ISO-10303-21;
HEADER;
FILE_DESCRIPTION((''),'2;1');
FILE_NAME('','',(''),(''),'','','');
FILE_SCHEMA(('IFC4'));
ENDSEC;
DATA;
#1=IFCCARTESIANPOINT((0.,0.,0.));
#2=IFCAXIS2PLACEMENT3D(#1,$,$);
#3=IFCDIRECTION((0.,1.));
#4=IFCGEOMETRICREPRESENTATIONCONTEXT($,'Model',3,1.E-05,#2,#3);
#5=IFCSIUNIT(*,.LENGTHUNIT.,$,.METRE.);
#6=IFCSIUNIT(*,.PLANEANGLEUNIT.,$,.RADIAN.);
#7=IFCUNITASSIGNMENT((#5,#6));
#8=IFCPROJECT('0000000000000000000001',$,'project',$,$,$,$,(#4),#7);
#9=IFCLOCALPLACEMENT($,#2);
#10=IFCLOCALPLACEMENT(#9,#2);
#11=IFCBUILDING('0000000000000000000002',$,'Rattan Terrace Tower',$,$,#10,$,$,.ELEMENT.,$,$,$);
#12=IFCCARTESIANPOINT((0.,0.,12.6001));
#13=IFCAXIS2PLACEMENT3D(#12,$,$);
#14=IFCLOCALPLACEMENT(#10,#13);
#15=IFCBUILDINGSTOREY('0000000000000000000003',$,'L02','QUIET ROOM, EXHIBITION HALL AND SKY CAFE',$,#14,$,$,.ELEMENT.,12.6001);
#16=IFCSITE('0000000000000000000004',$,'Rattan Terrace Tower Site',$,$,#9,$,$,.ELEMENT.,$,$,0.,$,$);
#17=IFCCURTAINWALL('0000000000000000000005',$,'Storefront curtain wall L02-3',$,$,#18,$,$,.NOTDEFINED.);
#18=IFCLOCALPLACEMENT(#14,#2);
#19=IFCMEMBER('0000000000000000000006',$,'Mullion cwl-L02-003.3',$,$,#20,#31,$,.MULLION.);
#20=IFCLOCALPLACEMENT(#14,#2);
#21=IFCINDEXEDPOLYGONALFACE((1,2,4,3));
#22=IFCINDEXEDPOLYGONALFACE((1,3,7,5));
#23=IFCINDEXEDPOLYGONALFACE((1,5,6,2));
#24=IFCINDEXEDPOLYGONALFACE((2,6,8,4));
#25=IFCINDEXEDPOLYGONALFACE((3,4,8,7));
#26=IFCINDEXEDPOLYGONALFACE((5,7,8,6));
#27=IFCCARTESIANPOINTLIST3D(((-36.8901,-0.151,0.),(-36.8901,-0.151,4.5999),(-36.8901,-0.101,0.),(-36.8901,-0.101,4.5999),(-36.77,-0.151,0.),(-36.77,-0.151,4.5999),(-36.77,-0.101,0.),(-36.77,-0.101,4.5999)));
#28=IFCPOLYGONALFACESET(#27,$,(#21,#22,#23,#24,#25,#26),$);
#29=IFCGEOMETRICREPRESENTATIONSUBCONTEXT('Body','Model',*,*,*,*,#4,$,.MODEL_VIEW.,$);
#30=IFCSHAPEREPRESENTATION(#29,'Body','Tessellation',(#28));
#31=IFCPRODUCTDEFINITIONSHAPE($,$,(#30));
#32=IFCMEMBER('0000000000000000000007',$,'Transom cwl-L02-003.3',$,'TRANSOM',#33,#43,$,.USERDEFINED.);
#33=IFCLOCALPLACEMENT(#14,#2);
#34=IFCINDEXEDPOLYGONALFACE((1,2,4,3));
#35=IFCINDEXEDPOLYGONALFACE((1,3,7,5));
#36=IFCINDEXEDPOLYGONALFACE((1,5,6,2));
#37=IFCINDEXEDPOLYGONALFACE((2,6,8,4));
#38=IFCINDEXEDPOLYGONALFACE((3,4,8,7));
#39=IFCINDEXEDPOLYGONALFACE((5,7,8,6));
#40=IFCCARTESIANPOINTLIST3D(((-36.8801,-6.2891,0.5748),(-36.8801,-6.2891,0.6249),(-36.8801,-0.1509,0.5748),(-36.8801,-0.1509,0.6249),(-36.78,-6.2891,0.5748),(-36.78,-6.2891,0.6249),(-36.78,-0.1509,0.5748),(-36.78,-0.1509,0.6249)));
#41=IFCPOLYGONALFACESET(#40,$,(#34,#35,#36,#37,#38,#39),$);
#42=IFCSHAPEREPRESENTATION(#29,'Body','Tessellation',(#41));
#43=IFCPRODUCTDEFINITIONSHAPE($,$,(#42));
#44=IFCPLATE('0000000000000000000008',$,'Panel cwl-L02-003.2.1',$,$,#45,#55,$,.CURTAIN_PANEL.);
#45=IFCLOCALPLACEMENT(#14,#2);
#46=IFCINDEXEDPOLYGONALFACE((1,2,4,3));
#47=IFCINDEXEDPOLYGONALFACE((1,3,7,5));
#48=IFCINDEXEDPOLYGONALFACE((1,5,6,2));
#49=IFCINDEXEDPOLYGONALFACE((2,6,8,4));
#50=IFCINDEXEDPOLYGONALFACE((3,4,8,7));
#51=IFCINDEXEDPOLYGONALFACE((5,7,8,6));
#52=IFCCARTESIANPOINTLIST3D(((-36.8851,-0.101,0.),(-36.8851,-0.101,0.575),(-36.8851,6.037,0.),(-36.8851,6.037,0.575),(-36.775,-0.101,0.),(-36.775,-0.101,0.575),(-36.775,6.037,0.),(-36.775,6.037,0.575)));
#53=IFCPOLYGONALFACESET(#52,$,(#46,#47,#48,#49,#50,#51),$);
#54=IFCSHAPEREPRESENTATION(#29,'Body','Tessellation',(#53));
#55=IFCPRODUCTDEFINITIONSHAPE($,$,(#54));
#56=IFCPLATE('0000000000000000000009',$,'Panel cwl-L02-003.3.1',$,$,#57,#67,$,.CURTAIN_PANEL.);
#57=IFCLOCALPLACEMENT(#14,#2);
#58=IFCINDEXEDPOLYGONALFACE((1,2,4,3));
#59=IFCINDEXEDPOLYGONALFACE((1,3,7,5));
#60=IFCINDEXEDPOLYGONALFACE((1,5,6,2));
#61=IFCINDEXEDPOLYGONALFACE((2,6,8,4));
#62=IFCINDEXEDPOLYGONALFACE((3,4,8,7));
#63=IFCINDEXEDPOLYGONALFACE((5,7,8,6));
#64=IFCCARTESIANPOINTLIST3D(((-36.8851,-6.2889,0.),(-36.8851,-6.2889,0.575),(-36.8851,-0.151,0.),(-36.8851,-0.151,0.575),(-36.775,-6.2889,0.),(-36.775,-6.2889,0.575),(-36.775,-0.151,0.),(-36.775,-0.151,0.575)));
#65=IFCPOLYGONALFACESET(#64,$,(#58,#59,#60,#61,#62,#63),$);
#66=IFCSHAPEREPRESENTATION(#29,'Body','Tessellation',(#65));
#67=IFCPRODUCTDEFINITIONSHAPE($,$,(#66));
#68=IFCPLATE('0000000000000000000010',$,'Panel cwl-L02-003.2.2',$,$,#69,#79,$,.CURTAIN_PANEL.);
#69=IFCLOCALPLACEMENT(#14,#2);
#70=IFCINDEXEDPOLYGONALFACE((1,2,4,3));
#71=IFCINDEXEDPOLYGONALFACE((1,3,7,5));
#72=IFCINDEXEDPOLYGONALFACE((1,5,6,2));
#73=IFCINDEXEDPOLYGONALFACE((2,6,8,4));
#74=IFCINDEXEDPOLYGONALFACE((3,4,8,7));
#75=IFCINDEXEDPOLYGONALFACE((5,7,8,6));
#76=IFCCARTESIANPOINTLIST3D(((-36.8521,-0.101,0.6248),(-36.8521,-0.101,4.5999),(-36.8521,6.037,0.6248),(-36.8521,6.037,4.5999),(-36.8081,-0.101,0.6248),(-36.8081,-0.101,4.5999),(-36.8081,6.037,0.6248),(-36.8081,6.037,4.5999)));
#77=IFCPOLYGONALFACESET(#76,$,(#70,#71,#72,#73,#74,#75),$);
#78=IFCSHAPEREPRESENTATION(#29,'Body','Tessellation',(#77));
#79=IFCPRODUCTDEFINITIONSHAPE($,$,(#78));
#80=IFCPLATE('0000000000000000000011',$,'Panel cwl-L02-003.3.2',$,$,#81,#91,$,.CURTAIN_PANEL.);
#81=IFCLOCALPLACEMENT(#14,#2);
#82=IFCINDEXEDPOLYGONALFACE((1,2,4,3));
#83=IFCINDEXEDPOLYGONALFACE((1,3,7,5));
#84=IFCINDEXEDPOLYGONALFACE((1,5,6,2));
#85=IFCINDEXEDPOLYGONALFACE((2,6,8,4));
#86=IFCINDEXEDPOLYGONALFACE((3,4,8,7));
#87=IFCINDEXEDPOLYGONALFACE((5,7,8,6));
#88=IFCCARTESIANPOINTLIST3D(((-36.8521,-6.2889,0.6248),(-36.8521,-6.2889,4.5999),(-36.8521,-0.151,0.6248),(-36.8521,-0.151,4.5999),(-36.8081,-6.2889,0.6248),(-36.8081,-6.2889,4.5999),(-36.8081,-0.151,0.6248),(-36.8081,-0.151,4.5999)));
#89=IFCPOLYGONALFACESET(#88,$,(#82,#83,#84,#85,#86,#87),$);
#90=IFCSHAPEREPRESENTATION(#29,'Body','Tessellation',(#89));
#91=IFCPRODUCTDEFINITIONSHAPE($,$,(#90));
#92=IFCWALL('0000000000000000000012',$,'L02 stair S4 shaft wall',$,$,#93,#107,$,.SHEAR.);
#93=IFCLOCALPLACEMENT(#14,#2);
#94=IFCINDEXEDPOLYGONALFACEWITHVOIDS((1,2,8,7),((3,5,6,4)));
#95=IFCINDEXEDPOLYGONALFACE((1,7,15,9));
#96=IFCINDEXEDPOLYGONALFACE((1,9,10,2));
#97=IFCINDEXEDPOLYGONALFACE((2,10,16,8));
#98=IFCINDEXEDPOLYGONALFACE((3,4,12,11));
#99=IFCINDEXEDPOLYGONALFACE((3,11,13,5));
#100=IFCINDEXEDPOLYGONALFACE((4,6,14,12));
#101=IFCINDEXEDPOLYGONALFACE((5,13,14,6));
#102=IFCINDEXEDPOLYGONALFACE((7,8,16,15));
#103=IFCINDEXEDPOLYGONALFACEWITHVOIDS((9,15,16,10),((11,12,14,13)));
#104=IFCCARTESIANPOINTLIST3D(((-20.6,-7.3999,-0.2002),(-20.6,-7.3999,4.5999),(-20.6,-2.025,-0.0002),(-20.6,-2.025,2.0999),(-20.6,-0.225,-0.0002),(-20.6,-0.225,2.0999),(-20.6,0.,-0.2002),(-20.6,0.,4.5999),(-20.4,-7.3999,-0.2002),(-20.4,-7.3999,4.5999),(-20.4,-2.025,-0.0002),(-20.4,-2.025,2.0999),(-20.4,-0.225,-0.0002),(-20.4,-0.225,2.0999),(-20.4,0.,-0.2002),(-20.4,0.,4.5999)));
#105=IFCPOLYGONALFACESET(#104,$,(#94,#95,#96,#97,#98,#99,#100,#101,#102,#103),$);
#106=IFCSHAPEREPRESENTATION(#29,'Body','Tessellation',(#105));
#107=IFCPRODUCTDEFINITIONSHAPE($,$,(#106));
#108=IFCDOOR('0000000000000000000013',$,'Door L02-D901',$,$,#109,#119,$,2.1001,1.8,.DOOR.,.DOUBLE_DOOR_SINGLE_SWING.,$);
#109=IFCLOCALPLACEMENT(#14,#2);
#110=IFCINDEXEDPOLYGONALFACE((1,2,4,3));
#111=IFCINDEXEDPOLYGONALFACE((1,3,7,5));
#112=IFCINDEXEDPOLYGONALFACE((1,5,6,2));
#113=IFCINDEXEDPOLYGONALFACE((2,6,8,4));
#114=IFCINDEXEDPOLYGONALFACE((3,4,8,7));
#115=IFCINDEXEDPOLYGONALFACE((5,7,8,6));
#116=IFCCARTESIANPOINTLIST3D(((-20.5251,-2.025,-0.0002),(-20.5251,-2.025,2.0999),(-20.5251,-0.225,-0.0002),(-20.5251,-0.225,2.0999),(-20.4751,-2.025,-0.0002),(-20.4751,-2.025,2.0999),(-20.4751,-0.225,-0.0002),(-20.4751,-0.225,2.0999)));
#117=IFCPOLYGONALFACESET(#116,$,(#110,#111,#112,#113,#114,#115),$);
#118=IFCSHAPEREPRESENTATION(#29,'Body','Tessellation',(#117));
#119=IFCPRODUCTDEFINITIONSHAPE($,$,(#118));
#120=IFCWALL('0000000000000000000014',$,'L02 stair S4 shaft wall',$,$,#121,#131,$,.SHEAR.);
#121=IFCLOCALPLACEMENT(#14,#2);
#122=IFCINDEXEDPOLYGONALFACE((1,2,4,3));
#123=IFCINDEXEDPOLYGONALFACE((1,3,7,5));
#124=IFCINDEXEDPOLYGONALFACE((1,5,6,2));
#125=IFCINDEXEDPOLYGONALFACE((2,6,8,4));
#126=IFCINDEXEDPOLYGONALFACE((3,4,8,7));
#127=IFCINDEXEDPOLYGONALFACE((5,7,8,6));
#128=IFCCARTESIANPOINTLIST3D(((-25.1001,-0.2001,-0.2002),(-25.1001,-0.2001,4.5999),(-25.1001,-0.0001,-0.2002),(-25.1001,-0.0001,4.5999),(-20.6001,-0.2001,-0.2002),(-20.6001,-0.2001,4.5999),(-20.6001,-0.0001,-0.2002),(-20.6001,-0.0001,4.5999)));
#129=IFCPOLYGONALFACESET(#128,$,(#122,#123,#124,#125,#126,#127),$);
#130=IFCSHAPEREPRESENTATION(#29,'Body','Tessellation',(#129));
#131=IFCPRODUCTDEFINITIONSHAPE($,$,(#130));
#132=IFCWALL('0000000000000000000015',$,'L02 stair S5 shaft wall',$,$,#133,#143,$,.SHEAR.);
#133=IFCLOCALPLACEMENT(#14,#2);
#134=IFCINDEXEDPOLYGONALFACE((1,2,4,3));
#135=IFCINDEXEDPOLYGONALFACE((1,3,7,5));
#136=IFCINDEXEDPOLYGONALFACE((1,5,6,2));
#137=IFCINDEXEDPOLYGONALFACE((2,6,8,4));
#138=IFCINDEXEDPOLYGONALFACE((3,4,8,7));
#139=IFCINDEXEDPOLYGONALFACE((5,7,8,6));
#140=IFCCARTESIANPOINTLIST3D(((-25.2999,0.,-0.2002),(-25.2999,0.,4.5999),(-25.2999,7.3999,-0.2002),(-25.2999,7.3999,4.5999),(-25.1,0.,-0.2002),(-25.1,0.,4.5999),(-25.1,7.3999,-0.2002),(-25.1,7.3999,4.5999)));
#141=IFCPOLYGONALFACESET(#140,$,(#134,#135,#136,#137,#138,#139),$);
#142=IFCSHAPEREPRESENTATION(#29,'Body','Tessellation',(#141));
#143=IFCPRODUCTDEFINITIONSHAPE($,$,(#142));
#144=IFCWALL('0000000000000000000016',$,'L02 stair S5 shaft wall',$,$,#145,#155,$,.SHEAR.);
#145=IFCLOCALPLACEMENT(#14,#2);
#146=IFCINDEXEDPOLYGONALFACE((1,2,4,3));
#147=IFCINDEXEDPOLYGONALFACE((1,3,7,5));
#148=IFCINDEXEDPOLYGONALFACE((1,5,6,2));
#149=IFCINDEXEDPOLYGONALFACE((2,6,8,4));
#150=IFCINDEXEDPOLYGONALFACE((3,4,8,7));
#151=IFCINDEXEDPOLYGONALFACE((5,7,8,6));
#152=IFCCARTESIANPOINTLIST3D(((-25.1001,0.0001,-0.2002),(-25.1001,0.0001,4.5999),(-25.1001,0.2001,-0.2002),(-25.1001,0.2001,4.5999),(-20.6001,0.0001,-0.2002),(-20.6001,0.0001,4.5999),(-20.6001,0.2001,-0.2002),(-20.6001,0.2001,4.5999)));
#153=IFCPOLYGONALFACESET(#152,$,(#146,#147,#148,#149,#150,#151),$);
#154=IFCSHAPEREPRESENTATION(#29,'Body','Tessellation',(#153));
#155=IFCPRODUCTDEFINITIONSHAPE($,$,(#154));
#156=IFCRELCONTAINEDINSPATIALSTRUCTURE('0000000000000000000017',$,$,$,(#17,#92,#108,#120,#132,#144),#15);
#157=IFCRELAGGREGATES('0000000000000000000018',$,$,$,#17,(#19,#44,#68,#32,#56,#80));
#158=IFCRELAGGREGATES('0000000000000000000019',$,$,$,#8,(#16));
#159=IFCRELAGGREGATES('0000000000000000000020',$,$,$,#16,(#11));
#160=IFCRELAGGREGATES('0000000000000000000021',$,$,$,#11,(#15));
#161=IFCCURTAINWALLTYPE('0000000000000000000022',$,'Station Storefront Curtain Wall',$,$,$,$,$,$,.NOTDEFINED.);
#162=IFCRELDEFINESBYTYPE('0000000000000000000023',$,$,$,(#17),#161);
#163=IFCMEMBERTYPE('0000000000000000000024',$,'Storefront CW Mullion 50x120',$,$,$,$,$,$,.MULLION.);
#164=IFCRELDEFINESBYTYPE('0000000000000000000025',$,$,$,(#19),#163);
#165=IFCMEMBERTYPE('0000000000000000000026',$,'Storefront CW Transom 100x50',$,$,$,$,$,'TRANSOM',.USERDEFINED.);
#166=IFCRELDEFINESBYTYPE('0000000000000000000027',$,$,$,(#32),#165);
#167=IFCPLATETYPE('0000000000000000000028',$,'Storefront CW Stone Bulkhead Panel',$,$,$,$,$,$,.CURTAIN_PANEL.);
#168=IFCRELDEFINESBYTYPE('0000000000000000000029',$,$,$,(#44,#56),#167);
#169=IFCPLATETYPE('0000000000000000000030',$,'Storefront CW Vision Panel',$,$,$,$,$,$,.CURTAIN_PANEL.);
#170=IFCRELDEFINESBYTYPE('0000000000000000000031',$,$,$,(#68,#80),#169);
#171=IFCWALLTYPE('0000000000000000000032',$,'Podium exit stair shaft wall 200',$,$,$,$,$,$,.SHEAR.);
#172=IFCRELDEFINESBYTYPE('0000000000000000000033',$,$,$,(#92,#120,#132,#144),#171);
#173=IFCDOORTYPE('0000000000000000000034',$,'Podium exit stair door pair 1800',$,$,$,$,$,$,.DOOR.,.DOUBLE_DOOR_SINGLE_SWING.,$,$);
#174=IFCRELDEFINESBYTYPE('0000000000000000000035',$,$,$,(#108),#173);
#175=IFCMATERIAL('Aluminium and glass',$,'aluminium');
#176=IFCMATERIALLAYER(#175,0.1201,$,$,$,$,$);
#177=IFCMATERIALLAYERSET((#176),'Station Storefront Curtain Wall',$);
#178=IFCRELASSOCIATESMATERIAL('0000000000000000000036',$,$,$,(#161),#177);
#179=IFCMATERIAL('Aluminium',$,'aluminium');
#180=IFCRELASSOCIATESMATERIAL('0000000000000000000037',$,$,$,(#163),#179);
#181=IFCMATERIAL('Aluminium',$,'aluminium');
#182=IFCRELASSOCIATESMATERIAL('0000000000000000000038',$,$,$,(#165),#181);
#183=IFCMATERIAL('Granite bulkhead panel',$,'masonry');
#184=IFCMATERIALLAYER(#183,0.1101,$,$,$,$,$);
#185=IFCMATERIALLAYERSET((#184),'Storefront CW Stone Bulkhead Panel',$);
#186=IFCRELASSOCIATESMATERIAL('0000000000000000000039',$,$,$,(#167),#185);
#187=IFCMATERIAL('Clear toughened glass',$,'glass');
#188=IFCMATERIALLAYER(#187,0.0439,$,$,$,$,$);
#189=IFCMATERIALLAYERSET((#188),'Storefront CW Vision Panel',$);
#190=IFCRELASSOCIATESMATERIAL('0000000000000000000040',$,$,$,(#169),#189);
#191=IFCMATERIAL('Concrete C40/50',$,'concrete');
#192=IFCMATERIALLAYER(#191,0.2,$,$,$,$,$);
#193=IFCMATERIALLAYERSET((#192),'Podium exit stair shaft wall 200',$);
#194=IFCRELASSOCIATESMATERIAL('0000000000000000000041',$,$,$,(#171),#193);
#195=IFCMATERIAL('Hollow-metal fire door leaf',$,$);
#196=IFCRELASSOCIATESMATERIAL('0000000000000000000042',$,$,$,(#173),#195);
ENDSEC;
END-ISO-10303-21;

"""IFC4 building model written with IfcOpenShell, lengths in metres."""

from ifc_helpers import new_model, si_unit, direction, frame, frame_2d, origin, origin_2d, place, context, subcontext, project, spatial, rectangle, extrude, material, layer, layer_set, material_profile, profile_set, type_object, element, fill, aggregate, save


model = new_model("IFC4")

# Units and contexts
model_context = context("Model", 3, precision=1e-05, world=origin(), true_north=direction((0.0, 1.0)))
body_context = subcontext(model_context, "Body", "Model", "MODEL_VIEW")
ifc_project = project(units=[si_unit("LENGTHUNIT", "METRE"), si_unit("PLANEANGLEUNIT", "RADIAN")], contexts=[model_context])

# Site, building, storey
site_placement = place(None, origin())
site = spatial("IfcSite", under=ifc_project, at=site_placement, Name="Rattan Terrace Tower Site", CompositionType="ELEMENT", RefElevation=0.0)
building_placement = place(site_placement, origin())
building = spatial("IfcBuilding", under=site, at=building_placement, Name="Rattan Terrace Tower", CompositionType="ELEMENT")
storey_placement = place(building_placement, frame((0.0, 0.0, 12.6001)))
storey = spatial("IfcBuildingStorey", under=building, at=storey_placement, Name="L02", Description="QUIET ROOM, EXHIBITION HALL AND SKY CAFE", CompositionType="ELEMENT", Elevation=12.6001)

# Curtain wall, members, plates
ifc_material_1 = material(Name="Aluminium and glass", Category="aluminium")
ifc_layer_1 = layer(ifc_material_1, 0.1201)
ifc_layer_set_1 = layer_set([ifc_layer_1], Name="Station Storefront Curtain Wall")
curtain_wall_type = type_object("IfcCurtainWallType", Name="Station Storefront Curtain Wall", PredefinedType="NOTDEFINED", material=ifc_layer_set_1)
curtain_wall_placement = place(storey_placement, origin())
curtain_wall = element("IfcCurtainWall", 1, at=curtain_wall_placement, inside=storey, type_object=curtain_wall_type, Name="Storefront curtain wall L02-3", PredefinedType="NOTDEFINED")
ifc_material_2 = material(Name="Aluminium", Category="aluminium")
ifc_material_profile_1 = material_profile(ifc_material_2, rectangle(XDim=0.05, YDim=0.1201, at=origin_2d()), Name="Aluminium 50x120")
ifc_profile_set_1 = profile_set([ifc_material_profile_1], Name="Aluminium")
member_type_1 = type_object("IfcMemberType", Name="Storefront CW Mullion 50x120", PredefinedType="MULLION", material=ifc_profile_set_1)
member_1_placement = place(storey_placement, frame((-36.8301, -0.126, 0.0), z_axis=(0.0, 0.0, 1.0), x_axis=(0.0, -1.0, 0.0)))
member_1 = element("IfcMember", 2, at=member_1_placement, type_object=member_type_1, Name="Mullion cwl-L02-003.3", PredefinedType="MULLION", context=body_context, shape_type="SweptSolid", body=[
    extrude(rectangle(XDim=0.05, YDim=0.1201, at=origin_2d()), origin(), (0.0, 0.0, 1.0), 4.5999),
])
ifc_material_3 = material(Name="Aluminium", Category="aluminium")
ifc_material_profile_2 = material_profile(ifc_material_3, rectangle(XDim=0.1001, YDim=0.05, at=origin_2d()), Name="Aluminium 100x50")
ifc_profile_set_2 = profile_set([ifc_material_profile_2], Name="Aluminium")
member_type_2 = type_object("IfcMemberType", Name="Storefront CW Transom 100x50", ElementType="TRANSOM", PredefinedType="USERDEFINED", material=ifc_profile_set_2)
member_2_placement = place(storey_placement, frame((-36.8301, -0.1509, 0.5999), z_axis=(0.0, -1.0, 0.0), x_axis=(1.0, 0.0, 0.0)))
member_2 = element("IfcMember", 3, at=member_2_placement, type_object=member_type_2, Name="Transom cwl-L02-003.3", ObjectType="TRANSOM", PredefinedType="USERDEFINED", context=body_context, shape_type="SweptSolid", body=[
    extrude(rectangle(XDim=0.1001, YDim=0.05, at=origin_2d()), origin(), (0.0, 0.0, 1.0), 6.1382),
])
ifc_material_4 = material(Name="Granite bulkhead panel", Category="masonry")
ifc_layer_2 = layer(ifc_material_4, 0.1101)
ifc_layer_set_2 = layer_set([ifc_layer_2], Name="Storefront CW Stone Bulkhead Panel")
plate_type_1 = type_object("IfcPlateType", Name="Storefront CW Stone Bulkhead Panel", PredefinedType="CURTAIN_PANEL", material=ifc_layer_set_2)
plate_1_placement = place(storey_placement, frame((-36.8301, 2.968, 0.0), z_axis=(0.0, 0.0, 1.0), x_axis=(0.0, -1.0, 0.0)))
plate_1 = element("IfcPlate", 4, at=plate_1_placement, type_object=plate_type_1, Name="Panel cwl-L02-003.2.1", PredefinedType="CURTAIN_PANEL", context=body_context, shape_type="SweptSolid", body=[
    extrude(rectangle(XDim=6.1379, YDim=0.1101, at=origin_2d()), origin(), (0.0, 0.0, 1.0), 0.575),
])
plate_2_placement = place(storey_placement, frame((-36.8301, -3.22, 0.0), z_axis=(0.0, 0.0, 1.0), x_axis=(0.0, -1.0, 0.0)))
plate_2 = element("IfcPlate", 5, at=plate_2_placement, type_object=plate_type_1, Name="Panel cwl-L02-003.3.1", PredefinedType="CURTAIN_PANEL", context=body_context, shape_type="SweptSolid", body=[
    extrude(rectangle(XDim=6.1379, YDim=0.1101, at=origin_2d()), origin(), (0.0, 0.0, 1.0), 0.575),
])
ifc_material_5 = material(Name="Clear toughened glass", Category="glass")
ifc_layer_3 = layer(ifc_material_5, 0.0439)
ifc_layer_set_3 = layer_set([ifc_layer_3], Name="Storefront CW Vision Panel")
plate_type_2 = type_object("IfcPlateType", Name="Storefront CW Vision Panel", PredefinedType="CURTAIN_PANEL", material=ifc_layer_set_3)
plate_3_placement = place(storey_placement, frame((-36.8301, 2.968, 0.6248), z_axis=(0.0, 0.0, 1.0), x_axis=(0.0, -1.0, 0.0)))
plate_3 = element("IfcPlate", 6, at=plate_3_placement, type_object=plate_type_2, Name="Panel cwl-L02-003.2.2", PredefinedType="CURTAIN_PANEL", context=body_context, shape_type="SweptSolid", body=[
    extrude(rectangle(XDim=6.1379, YDim=0.0439, at=origin_2d()), origin(), (0.0, 0.0, 1.0), 3.9751),
])
plate_4_placement = place(storey_placement, frame((-36.8301, -3.22, 0.6248), z_axis=(0.0, 0.0, 1.0), x_axis=(0.0, -1.0, 0.0)))
plate_4 = element("IfcPlate", 7, at=plate_4_placement, type_object=plate_type_2, Name="Panel cwl-L02-003.3.2", PredefinedType="CURTAIN_PANEL", context=body_context, shape_type="SweptSolid", body=[
    extrude(rectangle(XDim=6.1379, YDim=0.0439, at=origin_2d()), origin(), (0.0, 0.0, 1.0), 3.9751),
])
aggregate(curtain_wall, [member_1, plate_1, plate_3, member_2, plate_2, plate_4])

# Wall, opening, door
ifc_material_6 = material(Name="Concrete C40/50", Category="concrete")
ifc_layer_4 = layer(ifc_material_6, 0.2)
ifc_layer_set_4 = layer_set([ifc_layer_4], Name="Podium exit stair shaft wall 200")
wall_type = type_object("IfcWallType", Name="Podium exit stair shaft wall 200", PredefinedType="SHEAR", material=ifc_layer_set_4)
wall_1_placement = place(storey_placement, frame((-20.5, 0.0, -0.2002), z_axis=(0.0, 0.0, 1.0), x_axis=(0.0, -1.0, 0.0)))
wall_1 = element("IfcWall", 8, at=wall_1_placement, inside=storey, type_object=wall_type, Name="L02 stair S4 shaft wall", PredefinedType="SHEAR", context=body_context, shape_type="SweptSolid", body=[
    extrude(rectangle(XDim=7.3999, YDim=0.2, at=frame_2d((3.7, 0.0))), origin(), (0.0, 0.0, 1.0), 4.8),
])
opening_placement = place(wall_1_placement, frame((0.2251, 0.0, 0.2)))
opening = element("IfcOpeningElement", 9, at=opening_placement, cuts=wall_1, PredefinedType="OPENING", context=body_context, shape_type="SweptSolid", body=[
    extrude(rectangle(XDim=1.8, YDim=2.1001, at=frame_2d((0.8999, 1.05))), frame((0.0, 0.1106, 0.0), z_axis=(0.0, -1.0, 0.0), x_axis=(1.0, 0.0, 0.0)), (0.0, 0.0, 1.0), 0.2209),
])
ifc_material_7 = material(Name="Hollow-metal fire door leaf")
door_type = type_object("IfcDoorType", Name="Podium exit stair door pair 1800", OperationType="DOUBLE_DOOR_SINGLE_SWING", PredefinedType="DOOR", material=ifc_material_7)
door_placement = place(opening_placement, origin())
door = element("IfcDoor", 10, at=door_placement, inside=storey, type_object=door_type, Name="Door L02-D901", OperationType="DOUBLE_DOOR_SINGLE_SWING", OverallHeight=2.1001, OverallWidth=1.8, PredefinedType="DOOR", context=body_context, shape_type="SweptSolid", body=[
    extrude(rectangle(XDim=1.8, YDim=2.1001, at=frame_2d((0.8999, 1.05))), frame((0.0, 0.0249, 0.0), z_axis=(0.0, -1.0, 0.0), x_axis=(1.0, 0.0, 0.0)), (0.0, 0.0, 1.0), 0.05),
])
fill(opening, door)

# Walls
wall_2_placement = place(storey_placement, frame((-25.1001, -0.1001, -0.2002), z_axis=(0.0, 0.0, 1.0), x_axis=(1.0, 0.0, 0.0)))
element("IfcWall", 11, at=wall_2_placement, inside=storey, type_object=wall_type, Name="L02 stair S4 shaft wall", PredefinedType="SHEAR", context=body_context, shape_type="SweptSolid", body=[
    extrude(rectangle(XDim=4.5, YDim=0.2, at=frame_2d((2.25, 0.0))), origin(), (0.0, 0.0, 1.0), 4.8),
])
wall_3_placement = place(storey_placement, frame((-25.2, 0.0, -0.2002), z_axis=(0.0, 0.0, 1.0), x_axis=(0.0, 1.0, 0.0)))
element("IfcWall", 12, at=wall_3_placement, inside=storey, type_object=wall_type, Name="L02 stair S5 shaft wall", PredefinedType="SHEAR", context=body_context, shape_type="SweptSolid", body=[
    extrude(rectangle(XDim=7.3999, YDim=0.2, at=frame_2d((3.7, 0.0))), origin(), (0.0, 0.0, 1.0), 4.8),
])
wall_4_placement = place(storey_placement, frame((-25.1001, 0.1001, -0.2002), z_axis=(0.0, 0.0, 1.0), x_axis=(1.0, 0.0, 0.0)))
element("IfcWall", 13, at=wall_4_placement, inside=storey, type_object=wall_type, Name="L02 stair S5 shaft wall", PredefinedType="SHEAR", context=body_context, shape_type="SweptSolid", body=[
    extrude(rectangle(XDim=4.5, YDim=0.2, at=frame_2d((2.25, 0.0))), origin(), (0.0, 0.0, 1.0), 4.8),
])

save(model, "model.ifc")
